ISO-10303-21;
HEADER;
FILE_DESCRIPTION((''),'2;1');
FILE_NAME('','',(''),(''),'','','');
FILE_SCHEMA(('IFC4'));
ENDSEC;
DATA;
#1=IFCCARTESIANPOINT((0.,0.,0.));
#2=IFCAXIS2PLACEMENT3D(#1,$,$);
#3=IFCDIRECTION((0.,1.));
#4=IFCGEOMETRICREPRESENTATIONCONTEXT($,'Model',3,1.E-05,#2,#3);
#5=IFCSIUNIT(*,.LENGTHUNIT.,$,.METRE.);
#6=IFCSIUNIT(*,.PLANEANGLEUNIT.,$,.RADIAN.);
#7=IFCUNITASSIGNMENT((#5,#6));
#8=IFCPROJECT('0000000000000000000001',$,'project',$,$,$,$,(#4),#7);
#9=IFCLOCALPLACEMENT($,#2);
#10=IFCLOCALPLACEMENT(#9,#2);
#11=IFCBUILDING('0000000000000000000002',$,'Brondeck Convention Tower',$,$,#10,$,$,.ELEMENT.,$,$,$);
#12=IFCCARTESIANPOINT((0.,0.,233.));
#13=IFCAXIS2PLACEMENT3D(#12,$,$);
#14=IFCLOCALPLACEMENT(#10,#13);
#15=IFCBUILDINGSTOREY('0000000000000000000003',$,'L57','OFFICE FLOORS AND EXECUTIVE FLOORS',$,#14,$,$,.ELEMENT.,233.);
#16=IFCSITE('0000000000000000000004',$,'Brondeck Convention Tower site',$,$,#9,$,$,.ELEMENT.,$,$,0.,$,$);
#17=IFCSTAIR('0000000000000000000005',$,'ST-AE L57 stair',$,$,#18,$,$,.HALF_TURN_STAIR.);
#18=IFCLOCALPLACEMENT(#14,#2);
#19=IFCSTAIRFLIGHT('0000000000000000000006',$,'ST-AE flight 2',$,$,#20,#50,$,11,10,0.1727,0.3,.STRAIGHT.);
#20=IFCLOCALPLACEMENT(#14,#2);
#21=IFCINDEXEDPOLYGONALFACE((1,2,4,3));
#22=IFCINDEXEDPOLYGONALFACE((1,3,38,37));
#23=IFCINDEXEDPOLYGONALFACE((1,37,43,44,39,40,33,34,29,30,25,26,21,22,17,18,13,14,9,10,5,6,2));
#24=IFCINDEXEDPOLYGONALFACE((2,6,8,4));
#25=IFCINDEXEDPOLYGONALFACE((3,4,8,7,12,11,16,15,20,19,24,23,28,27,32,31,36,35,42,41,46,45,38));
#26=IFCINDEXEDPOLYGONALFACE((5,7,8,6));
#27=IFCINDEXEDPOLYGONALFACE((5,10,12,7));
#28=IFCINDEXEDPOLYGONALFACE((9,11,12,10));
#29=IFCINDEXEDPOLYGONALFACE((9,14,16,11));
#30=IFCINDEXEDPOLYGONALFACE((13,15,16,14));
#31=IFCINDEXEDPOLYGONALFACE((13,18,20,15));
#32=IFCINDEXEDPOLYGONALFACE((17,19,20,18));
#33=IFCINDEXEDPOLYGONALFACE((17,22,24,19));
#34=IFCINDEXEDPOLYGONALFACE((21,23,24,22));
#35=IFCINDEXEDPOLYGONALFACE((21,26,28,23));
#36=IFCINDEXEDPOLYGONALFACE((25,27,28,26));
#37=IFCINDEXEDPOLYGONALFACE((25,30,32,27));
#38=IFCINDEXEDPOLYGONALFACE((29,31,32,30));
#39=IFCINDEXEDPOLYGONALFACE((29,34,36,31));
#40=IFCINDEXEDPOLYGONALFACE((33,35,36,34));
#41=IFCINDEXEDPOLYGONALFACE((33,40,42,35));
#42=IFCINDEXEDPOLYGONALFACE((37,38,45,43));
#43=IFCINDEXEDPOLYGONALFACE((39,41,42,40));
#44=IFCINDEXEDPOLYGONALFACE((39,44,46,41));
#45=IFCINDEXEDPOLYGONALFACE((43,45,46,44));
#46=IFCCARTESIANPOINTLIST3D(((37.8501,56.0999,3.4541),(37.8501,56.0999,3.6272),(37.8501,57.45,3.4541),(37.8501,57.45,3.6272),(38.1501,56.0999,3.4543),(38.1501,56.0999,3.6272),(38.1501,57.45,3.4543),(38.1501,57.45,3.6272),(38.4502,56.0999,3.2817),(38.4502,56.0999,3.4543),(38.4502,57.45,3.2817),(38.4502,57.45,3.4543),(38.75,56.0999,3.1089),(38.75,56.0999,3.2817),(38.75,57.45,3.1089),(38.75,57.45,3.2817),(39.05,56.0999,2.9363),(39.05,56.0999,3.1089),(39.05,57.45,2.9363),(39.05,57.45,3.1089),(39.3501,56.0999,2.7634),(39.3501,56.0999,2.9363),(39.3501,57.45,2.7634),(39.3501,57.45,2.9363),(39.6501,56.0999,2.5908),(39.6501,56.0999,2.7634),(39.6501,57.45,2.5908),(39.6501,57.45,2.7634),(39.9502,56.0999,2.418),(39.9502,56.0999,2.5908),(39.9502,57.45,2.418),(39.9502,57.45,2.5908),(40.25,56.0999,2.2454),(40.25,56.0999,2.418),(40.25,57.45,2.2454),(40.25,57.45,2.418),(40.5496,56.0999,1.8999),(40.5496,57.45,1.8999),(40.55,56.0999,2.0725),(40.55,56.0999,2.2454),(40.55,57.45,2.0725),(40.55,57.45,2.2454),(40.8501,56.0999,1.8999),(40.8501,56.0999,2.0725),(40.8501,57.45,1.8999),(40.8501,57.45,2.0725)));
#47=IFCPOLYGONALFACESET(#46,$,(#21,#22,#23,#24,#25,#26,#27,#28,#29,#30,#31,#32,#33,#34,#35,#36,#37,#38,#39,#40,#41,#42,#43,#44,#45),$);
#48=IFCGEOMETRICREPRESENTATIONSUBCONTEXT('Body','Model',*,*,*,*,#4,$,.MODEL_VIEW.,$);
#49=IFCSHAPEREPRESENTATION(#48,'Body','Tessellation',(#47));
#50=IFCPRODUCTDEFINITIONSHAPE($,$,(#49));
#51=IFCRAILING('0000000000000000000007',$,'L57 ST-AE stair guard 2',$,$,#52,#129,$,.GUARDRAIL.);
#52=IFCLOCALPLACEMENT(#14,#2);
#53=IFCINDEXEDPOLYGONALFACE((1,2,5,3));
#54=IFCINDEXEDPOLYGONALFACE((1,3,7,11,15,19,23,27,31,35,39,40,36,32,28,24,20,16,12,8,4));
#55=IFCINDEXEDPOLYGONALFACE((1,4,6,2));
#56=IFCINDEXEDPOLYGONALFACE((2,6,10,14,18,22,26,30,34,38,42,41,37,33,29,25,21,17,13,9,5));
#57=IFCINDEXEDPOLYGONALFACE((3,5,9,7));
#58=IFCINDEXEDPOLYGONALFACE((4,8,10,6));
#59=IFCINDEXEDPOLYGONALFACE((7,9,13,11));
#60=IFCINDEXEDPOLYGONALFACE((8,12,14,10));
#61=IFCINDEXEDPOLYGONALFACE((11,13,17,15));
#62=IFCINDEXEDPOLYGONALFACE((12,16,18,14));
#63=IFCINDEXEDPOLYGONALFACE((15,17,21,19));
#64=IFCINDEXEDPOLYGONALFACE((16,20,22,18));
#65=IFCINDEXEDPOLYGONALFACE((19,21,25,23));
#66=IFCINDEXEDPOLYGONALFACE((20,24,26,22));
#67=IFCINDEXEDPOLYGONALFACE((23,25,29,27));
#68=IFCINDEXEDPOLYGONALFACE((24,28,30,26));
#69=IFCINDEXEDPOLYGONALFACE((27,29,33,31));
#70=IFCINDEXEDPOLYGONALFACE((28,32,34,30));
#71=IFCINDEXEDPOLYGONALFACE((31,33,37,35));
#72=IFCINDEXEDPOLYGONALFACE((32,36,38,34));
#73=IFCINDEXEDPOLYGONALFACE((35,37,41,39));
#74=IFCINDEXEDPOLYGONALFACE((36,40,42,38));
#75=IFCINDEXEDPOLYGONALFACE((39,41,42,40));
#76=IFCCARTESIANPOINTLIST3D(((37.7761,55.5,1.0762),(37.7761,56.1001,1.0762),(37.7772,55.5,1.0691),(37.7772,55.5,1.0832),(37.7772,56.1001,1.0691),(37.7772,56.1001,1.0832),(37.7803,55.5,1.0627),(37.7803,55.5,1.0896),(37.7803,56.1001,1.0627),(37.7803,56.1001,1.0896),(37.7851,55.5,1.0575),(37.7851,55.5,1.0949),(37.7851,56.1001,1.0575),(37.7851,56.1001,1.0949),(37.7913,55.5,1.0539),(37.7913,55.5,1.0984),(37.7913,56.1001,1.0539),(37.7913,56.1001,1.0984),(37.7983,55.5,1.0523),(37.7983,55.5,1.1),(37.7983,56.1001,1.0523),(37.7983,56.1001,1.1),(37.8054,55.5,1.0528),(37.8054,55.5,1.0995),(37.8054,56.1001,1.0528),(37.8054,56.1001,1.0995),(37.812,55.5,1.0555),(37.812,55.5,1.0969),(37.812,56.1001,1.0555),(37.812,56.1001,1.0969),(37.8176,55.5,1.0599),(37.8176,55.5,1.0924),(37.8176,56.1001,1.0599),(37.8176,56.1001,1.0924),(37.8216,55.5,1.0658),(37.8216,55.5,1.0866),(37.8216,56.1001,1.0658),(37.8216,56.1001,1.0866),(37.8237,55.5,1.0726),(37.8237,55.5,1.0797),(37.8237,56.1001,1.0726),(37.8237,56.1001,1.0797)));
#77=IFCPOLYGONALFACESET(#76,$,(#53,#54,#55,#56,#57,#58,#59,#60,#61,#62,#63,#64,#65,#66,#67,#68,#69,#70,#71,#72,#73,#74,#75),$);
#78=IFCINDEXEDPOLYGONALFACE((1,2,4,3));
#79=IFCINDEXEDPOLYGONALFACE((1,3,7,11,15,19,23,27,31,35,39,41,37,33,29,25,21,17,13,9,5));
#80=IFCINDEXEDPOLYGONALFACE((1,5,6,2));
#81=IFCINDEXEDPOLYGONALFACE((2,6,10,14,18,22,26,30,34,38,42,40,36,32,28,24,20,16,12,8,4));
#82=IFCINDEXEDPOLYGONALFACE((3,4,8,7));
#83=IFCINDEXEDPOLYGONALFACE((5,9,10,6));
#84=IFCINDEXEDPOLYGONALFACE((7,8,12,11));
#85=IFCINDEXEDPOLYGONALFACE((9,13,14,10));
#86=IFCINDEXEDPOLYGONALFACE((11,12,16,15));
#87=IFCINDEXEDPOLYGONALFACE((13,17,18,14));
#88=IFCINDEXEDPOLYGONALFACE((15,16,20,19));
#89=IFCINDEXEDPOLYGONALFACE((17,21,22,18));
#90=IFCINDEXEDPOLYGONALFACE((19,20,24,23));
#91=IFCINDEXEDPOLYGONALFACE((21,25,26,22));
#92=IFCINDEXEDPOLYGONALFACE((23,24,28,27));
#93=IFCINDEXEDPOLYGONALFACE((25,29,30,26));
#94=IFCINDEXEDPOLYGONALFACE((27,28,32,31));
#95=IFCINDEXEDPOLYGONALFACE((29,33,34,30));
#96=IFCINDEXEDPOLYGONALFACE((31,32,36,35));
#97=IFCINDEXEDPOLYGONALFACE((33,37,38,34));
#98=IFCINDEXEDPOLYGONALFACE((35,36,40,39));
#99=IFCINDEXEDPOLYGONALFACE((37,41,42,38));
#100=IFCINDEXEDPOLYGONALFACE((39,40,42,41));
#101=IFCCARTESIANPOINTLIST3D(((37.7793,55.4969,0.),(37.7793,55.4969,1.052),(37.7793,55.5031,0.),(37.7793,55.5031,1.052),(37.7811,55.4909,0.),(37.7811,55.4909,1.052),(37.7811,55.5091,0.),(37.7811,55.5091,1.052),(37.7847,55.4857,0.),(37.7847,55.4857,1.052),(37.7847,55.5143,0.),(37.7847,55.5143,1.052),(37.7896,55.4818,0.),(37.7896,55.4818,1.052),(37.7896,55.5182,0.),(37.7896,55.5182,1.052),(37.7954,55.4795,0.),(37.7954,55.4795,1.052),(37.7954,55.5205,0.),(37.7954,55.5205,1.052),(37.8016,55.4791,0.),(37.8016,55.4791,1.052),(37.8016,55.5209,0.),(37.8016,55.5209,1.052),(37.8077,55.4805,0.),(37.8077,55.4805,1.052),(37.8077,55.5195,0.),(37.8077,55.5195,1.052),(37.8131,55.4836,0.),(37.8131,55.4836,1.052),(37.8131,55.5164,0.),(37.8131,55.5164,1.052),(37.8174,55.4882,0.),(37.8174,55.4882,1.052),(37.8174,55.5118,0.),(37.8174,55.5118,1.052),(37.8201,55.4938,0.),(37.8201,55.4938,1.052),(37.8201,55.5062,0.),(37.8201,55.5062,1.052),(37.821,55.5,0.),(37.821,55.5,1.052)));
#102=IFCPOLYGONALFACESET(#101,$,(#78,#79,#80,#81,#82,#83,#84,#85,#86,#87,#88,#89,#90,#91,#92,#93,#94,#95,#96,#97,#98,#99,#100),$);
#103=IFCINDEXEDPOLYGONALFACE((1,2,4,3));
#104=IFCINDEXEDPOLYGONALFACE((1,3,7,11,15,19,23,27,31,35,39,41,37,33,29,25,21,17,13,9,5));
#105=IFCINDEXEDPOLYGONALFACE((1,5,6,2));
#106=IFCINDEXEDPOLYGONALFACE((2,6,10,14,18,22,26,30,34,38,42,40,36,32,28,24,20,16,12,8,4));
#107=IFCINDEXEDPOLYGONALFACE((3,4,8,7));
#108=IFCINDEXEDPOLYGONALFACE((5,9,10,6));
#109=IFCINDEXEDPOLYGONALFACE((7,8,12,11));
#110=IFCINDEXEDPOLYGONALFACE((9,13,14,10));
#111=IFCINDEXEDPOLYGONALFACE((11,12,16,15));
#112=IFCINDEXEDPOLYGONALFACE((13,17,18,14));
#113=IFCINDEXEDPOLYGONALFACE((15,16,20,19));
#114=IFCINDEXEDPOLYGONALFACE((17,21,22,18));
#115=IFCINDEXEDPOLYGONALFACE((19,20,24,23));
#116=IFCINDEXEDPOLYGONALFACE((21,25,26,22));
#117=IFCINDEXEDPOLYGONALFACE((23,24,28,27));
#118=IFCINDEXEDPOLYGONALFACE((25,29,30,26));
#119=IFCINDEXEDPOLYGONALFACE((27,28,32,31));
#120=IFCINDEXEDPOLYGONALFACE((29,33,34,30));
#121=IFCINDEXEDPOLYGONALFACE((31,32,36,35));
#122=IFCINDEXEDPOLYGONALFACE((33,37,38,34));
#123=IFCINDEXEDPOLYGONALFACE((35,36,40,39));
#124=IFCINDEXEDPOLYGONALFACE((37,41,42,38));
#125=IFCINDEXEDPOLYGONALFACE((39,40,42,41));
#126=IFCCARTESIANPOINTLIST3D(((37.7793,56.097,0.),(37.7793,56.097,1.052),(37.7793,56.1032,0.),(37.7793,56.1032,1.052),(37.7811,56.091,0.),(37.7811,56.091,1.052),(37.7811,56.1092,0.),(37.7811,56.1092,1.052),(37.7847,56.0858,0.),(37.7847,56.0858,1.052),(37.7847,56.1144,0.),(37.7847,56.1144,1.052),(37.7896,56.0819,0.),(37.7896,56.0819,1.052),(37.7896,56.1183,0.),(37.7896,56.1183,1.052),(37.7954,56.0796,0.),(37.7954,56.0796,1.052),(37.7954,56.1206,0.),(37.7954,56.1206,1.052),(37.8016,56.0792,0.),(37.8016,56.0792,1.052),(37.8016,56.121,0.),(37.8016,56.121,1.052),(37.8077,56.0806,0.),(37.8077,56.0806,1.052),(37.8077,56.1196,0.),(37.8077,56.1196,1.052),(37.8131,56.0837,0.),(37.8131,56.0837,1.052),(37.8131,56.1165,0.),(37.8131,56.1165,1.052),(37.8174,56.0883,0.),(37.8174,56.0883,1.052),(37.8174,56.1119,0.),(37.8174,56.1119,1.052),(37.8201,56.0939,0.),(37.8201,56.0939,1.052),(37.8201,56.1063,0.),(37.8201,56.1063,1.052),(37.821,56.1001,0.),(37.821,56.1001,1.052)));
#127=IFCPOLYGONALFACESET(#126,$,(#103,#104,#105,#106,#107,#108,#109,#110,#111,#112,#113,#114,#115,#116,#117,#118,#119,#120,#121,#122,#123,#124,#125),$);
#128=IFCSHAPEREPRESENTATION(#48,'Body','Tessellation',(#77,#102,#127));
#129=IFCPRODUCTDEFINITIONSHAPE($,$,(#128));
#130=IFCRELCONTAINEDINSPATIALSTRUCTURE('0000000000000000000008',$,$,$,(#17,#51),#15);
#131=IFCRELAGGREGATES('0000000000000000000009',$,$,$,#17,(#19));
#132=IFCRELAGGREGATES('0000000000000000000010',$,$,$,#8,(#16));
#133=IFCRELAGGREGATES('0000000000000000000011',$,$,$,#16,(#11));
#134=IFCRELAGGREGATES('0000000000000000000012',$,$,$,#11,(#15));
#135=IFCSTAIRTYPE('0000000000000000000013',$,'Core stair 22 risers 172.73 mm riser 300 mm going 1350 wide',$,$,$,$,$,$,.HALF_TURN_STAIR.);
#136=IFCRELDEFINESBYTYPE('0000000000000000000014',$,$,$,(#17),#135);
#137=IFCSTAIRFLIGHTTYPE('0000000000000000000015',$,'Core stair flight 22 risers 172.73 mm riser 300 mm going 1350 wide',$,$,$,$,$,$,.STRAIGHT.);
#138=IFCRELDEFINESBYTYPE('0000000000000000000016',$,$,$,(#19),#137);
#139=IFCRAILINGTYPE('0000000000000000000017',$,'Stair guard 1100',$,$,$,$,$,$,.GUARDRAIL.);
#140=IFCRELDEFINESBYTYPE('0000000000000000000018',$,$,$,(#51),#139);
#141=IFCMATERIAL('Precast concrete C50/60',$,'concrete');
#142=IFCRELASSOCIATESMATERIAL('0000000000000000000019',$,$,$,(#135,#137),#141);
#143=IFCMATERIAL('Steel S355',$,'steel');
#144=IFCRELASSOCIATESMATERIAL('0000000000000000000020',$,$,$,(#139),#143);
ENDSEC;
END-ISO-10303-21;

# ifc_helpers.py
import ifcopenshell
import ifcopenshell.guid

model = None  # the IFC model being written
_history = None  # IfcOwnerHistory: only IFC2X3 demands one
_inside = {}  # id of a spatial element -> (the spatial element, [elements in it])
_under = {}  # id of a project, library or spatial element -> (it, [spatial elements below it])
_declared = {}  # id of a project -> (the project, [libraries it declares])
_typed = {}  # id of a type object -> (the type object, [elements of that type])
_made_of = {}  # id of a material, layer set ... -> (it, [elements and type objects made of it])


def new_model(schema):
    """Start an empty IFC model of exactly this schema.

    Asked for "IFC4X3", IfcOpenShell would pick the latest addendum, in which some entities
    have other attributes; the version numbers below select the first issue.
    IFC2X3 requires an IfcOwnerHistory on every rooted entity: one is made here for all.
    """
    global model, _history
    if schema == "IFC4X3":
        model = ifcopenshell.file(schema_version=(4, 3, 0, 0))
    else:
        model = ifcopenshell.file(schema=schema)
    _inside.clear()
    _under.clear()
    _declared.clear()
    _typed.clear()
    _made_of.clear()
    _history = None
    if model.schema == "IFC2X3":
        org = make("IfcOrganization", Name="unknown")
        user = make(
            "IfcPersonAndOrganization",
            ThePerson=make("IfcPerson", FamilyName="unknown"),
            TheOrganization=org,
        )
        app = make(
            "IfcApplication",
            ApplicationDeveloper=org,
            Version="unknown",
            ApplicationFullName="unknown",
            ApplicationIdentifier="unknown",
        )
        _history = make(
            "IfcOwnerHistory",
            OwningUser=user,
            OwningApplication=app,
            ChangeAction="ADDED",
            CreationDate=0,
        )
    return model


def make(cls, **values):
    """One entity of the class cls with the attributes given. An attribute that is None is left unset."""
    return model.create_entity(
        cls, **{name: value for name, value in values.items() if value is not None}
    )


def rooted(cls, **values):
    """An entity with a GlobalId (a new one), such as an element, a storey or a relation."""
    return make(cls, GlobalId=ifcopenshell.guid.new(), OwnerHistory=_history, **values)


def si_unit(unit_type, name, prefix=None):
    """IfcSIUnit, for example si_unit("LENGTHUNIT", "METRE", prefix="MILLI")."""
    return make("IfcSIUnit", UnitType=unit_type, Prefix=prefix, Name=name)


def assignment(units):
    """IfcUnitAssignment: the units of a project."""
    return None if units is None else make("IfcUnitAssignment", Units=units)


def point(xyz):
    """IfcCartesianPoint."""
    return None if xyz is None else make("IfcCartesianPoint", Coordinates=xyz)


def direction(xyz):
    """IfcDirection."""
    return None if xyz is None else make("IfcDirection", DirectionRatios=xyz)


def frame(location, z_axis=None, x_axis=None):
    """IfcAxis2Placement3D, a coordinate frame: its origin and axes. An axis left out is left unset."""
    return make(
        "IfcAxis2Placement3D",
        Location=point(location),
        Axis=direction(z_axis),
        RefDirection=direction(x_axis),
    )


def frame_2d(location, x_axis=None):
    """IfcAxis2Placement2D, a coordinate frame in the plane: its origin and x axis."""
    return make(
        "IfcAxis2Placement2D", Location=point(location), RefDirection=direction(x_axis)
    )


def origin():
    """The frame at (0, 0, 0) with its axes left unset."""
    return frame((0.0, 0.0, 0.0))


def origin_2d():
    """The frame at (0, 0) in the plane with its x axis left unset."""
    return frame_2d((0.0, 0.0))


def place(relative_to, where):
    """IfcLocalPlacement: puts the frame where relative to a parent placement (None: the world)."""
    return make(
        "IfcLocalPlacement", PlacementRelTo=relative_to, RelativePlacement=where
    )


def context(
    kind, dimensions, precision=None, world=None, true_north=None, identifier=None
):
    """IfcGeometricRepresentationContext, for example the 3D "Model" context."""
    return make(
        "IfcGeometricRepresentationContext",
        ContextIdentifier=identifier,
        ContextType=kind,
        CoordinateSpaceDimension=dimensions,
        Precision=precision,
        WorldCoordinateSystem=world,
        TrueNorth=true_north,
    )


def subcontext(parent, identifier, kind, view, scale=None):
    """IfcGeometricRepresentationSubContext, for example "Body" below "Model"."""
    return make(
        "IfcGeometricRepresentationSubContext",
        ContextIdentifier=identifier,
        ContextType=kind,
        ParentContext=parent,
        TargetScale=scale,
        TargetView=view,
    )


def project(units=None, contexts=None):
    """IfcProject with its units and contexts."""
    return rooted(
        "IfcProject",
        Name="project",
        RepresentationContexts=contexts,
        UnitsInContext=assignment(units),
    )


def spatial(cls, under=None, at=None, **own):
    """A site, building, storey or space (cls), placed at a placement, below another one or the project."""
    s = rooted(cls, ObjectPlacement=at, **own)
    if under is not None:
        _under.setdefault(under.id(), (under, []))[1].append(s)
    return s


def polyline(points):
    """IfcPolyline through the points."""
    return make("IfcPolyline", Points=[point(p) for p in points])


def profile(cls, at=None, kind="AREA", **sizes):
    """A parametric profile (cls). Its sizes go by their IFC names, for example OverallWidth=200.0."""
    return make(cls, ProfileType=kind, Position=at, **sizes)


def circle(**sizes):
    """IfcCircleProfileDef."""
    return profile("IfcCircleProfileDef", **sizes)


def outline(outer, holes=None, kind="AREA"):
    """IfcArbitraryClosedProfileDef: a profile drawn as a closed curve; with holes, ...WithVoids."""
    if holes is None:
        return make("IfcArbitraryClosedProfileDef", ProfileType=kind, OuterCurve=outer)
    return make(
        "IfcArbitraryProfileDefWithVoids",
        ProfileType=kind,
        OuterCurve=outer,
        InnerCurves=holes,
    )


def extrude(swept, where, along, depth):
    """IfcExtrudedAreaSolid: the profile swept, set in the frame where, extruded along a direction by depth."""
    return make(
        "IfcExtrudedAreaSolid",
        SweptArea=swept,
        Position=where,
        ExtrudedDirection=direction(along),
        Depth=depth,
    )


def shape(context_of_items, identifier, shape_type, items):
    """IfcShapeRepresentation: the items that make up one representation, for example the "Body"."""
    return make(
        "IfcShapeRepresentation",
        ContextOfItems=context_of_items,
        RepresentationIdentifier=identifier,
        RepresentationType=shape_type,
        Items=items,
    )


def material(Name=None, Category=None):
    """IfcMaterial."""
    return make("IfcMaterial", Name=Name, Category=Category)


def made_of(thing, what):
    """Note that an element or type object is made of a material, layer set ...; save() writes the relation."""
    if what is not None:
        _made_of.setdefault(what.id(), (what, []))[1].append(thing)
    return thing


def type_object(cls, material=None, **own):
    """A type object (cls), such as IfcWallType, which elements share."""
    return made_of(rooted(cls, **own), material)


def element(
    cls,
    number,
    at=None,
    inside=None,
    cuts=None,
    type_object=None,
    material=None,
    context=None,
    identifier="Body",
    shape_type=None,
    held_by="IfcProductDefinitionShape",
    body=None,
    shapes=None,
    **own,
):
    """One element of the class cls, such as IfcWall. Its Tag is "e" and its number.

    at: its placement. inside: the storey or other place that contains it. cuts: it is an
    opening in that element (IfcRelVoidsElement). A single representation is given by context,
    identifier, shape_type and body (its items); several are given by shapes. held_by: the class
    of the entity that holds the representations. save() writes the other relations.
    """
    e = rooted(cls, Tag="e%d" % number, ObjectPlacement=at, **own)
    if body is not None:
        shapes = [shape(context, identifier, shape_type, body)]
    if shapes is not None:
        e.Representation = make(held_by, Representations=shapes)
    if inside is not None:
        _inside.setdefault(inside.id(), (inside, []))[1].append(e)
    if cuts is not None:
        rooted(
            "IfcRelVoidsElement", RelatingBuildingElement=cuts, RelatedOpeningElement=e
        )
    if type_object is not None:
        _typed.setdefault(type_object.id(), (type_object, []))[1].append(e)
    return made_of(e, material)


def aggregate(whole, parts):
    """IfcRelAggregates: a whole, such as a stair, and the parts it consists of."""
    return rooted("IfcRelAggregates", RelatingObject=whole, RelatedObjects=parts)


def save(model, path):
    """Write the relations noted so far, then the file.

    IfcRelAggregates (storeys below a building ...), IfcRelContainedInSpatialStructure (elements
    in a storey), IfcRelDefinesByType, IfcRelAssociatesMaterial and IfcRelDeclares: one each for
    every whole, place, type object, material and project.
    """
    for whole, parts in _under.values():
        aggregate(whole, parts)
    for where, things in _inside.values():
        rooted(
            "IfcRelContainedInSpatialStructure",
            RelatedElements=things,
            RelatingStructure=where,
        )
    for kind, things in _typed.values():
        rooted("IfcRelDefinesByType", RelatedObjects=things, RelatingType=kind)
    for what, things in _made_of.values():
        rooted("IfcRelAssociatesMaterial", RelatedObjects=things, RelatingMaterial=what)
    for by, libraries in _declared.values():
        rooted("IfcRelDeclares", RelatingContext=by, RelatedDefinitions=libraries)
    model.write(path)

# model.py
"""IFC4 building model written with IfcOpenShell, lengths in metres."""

from ifc_helpers import new_model, si_unit, direction, frame, origin, origin_2d, place, context, subcontext, project, spatial, polyline, circle, outline, extrude, material, type_object, element, aggregate, save


model = new_model("IFC4")

# Units and contexts
model_context = context("Model", 3, precision=1e-05, world=origin(), true_north=direction((0.0, 1.0)))
body_context = subcontext(model_context, "Body", "Model", "MODEL_VIEW")
ifc_project = project(units=[si_unit("LENGTHUNIT", "METRE"), si_unit("PLANEANGLEUNIT", "RADIAN")], contexts=[model_context])

# Site, building, storey
site_placement = place(None, origin())
site = spatial("IfcSite", under=ifc_project, at=site_placement, Name="Brondeck Convention Tower site", CompositionType="ELEMENT", RefElevation=0.0)
building_placement = place(site_placement, origin())
building = spatial("IfcBuilding", under=site, at=building_placement, Name="Brondeck Convention Tower", CompositionType="ELEMENT")
storey_placement = place(building_placement, frame((0.0, 0.0, 233.0)))
storey = spatial("IfcBuildingStorey", under=building, at=storey_placement, Name="L57", Description="OFFICE FLOORS AND EXECUTIVE FLOORS", CompositionType="ELEMENT", Elevation=233.0)

# Shared definitions
ifc_material_1 = material(Name="Steel S355", Category="steel")

# Stair, stair flight
ifc_material_2 = material(Name="Precast concrete C50/60", Category="concrete")
stair_type = type_object("IfcStairType", Name="Core stair 22 risers 172.73 mm riser 300 mm going 1350 wide", PredefinedType="HALF_TURN_STAIR", material=ifc_material_2)
stair_placement = place(storey_placement, origin())
stair = element("IfcStair", 1, at=stair_placement, inside=storey, type_object=stair_type, Name="ST-AE L57 stair", PredefinedType="HALF_TURN_STAIR")
stair_flight_type = type_object("IfcStairFlightType", Name="Core stair flight 22 risers 172.73 mm riser 300 mm going 1350 wide", PredefinedType="STRAIGHT", material=ifc_material_2)
stair_flight_placement = place(storey_placement, frame((40.8501, 56.7749, 1.8999), z_axis=(0.0, 0.0, 1.0), x_axis=(-1.0, 0.0, 0.0)))
stair_flight = element("IfcStairFlight", 2, at=stair_flight_placement, type_object=stair_flight_type, Name="ST-AE flight 2", NumberOfRisers=11, NumberOfTreads=10, PredefinedType="STRAIGHT", RiserHeight=0.1727, TreadLength=0.3, context=body_context, shape_type="SweptSolid", body=[
    extrude(outline(polyline([(0.0, 0.0), (0.0, 0.1726), (0.3, 0.1726), (0.3, 0.3455), (0.6001, 0.3455), (0.6001, 0.5181), (0.8999, 0.5181), (0.8999, 0.6909), (1.2, 0.6909), (1.2, 0.8635), (1.5, 0.8635), (1.5, 1.0364), (1.8, 1.0364), (1.8, 1.209), (2.1001, 1.209), (2.1001, 1.3818), (2.3999, 1.3818), (2.3999, 1.5544), (2.7, 1.5544), (2.7, 1.7273), (3.0, 1.7273), (3.0, 1.8999), (3.0, 1.5542), (0.3005, 0.0), (0.0, 0.0)])), frame((0.0, 0.675, 0.0), z_axis=(0.0, -1.0, 0.0), x_axis=(1.0, 0.0, 0.0)), (0.0, 0.0, 1.0), 1.3501),
])
aggregate(stair, [stair_flight])

# Railing
railing_type_1 = type_object("IfcRailingType", Name="Stair guard 1100", PredefinedType="GUARDRAIL", material=ifc_material_1)
railing_1_placement = place(storey_placement, frame((37.8, 55.5, 0.0)))
element("IfcRailing", 3, at=railing_1_placement, inside=storey, type_object=railing_type_1, Name="L57 ST-AE stair guard 2", PredefinedType="GUARDRAIL", context=body_context, shape_type="SweptSolid", body=[
    extrude(circle(Radius=0.0239, at=origin_2d()), frame((0.0, 0.0, 1.0762), z_axis=(0.0, 1.0, 0.0), x_axis=(-1.0, 0.0, 0.0)), (0.0, 0.0, 1.0), 0.6001),
    extrude(circle(Radius=0.021, at=origin_2d()), origin(), (0.0, 0.0, 1.0), 1.052),
    extrude(circle(Radius=0.021, at=origin_2d()), frame((0.0, 0.6001, 0.0)), (0.0, 0.0, 1.0), 1.052),
])

save(model, "model.ifc")
